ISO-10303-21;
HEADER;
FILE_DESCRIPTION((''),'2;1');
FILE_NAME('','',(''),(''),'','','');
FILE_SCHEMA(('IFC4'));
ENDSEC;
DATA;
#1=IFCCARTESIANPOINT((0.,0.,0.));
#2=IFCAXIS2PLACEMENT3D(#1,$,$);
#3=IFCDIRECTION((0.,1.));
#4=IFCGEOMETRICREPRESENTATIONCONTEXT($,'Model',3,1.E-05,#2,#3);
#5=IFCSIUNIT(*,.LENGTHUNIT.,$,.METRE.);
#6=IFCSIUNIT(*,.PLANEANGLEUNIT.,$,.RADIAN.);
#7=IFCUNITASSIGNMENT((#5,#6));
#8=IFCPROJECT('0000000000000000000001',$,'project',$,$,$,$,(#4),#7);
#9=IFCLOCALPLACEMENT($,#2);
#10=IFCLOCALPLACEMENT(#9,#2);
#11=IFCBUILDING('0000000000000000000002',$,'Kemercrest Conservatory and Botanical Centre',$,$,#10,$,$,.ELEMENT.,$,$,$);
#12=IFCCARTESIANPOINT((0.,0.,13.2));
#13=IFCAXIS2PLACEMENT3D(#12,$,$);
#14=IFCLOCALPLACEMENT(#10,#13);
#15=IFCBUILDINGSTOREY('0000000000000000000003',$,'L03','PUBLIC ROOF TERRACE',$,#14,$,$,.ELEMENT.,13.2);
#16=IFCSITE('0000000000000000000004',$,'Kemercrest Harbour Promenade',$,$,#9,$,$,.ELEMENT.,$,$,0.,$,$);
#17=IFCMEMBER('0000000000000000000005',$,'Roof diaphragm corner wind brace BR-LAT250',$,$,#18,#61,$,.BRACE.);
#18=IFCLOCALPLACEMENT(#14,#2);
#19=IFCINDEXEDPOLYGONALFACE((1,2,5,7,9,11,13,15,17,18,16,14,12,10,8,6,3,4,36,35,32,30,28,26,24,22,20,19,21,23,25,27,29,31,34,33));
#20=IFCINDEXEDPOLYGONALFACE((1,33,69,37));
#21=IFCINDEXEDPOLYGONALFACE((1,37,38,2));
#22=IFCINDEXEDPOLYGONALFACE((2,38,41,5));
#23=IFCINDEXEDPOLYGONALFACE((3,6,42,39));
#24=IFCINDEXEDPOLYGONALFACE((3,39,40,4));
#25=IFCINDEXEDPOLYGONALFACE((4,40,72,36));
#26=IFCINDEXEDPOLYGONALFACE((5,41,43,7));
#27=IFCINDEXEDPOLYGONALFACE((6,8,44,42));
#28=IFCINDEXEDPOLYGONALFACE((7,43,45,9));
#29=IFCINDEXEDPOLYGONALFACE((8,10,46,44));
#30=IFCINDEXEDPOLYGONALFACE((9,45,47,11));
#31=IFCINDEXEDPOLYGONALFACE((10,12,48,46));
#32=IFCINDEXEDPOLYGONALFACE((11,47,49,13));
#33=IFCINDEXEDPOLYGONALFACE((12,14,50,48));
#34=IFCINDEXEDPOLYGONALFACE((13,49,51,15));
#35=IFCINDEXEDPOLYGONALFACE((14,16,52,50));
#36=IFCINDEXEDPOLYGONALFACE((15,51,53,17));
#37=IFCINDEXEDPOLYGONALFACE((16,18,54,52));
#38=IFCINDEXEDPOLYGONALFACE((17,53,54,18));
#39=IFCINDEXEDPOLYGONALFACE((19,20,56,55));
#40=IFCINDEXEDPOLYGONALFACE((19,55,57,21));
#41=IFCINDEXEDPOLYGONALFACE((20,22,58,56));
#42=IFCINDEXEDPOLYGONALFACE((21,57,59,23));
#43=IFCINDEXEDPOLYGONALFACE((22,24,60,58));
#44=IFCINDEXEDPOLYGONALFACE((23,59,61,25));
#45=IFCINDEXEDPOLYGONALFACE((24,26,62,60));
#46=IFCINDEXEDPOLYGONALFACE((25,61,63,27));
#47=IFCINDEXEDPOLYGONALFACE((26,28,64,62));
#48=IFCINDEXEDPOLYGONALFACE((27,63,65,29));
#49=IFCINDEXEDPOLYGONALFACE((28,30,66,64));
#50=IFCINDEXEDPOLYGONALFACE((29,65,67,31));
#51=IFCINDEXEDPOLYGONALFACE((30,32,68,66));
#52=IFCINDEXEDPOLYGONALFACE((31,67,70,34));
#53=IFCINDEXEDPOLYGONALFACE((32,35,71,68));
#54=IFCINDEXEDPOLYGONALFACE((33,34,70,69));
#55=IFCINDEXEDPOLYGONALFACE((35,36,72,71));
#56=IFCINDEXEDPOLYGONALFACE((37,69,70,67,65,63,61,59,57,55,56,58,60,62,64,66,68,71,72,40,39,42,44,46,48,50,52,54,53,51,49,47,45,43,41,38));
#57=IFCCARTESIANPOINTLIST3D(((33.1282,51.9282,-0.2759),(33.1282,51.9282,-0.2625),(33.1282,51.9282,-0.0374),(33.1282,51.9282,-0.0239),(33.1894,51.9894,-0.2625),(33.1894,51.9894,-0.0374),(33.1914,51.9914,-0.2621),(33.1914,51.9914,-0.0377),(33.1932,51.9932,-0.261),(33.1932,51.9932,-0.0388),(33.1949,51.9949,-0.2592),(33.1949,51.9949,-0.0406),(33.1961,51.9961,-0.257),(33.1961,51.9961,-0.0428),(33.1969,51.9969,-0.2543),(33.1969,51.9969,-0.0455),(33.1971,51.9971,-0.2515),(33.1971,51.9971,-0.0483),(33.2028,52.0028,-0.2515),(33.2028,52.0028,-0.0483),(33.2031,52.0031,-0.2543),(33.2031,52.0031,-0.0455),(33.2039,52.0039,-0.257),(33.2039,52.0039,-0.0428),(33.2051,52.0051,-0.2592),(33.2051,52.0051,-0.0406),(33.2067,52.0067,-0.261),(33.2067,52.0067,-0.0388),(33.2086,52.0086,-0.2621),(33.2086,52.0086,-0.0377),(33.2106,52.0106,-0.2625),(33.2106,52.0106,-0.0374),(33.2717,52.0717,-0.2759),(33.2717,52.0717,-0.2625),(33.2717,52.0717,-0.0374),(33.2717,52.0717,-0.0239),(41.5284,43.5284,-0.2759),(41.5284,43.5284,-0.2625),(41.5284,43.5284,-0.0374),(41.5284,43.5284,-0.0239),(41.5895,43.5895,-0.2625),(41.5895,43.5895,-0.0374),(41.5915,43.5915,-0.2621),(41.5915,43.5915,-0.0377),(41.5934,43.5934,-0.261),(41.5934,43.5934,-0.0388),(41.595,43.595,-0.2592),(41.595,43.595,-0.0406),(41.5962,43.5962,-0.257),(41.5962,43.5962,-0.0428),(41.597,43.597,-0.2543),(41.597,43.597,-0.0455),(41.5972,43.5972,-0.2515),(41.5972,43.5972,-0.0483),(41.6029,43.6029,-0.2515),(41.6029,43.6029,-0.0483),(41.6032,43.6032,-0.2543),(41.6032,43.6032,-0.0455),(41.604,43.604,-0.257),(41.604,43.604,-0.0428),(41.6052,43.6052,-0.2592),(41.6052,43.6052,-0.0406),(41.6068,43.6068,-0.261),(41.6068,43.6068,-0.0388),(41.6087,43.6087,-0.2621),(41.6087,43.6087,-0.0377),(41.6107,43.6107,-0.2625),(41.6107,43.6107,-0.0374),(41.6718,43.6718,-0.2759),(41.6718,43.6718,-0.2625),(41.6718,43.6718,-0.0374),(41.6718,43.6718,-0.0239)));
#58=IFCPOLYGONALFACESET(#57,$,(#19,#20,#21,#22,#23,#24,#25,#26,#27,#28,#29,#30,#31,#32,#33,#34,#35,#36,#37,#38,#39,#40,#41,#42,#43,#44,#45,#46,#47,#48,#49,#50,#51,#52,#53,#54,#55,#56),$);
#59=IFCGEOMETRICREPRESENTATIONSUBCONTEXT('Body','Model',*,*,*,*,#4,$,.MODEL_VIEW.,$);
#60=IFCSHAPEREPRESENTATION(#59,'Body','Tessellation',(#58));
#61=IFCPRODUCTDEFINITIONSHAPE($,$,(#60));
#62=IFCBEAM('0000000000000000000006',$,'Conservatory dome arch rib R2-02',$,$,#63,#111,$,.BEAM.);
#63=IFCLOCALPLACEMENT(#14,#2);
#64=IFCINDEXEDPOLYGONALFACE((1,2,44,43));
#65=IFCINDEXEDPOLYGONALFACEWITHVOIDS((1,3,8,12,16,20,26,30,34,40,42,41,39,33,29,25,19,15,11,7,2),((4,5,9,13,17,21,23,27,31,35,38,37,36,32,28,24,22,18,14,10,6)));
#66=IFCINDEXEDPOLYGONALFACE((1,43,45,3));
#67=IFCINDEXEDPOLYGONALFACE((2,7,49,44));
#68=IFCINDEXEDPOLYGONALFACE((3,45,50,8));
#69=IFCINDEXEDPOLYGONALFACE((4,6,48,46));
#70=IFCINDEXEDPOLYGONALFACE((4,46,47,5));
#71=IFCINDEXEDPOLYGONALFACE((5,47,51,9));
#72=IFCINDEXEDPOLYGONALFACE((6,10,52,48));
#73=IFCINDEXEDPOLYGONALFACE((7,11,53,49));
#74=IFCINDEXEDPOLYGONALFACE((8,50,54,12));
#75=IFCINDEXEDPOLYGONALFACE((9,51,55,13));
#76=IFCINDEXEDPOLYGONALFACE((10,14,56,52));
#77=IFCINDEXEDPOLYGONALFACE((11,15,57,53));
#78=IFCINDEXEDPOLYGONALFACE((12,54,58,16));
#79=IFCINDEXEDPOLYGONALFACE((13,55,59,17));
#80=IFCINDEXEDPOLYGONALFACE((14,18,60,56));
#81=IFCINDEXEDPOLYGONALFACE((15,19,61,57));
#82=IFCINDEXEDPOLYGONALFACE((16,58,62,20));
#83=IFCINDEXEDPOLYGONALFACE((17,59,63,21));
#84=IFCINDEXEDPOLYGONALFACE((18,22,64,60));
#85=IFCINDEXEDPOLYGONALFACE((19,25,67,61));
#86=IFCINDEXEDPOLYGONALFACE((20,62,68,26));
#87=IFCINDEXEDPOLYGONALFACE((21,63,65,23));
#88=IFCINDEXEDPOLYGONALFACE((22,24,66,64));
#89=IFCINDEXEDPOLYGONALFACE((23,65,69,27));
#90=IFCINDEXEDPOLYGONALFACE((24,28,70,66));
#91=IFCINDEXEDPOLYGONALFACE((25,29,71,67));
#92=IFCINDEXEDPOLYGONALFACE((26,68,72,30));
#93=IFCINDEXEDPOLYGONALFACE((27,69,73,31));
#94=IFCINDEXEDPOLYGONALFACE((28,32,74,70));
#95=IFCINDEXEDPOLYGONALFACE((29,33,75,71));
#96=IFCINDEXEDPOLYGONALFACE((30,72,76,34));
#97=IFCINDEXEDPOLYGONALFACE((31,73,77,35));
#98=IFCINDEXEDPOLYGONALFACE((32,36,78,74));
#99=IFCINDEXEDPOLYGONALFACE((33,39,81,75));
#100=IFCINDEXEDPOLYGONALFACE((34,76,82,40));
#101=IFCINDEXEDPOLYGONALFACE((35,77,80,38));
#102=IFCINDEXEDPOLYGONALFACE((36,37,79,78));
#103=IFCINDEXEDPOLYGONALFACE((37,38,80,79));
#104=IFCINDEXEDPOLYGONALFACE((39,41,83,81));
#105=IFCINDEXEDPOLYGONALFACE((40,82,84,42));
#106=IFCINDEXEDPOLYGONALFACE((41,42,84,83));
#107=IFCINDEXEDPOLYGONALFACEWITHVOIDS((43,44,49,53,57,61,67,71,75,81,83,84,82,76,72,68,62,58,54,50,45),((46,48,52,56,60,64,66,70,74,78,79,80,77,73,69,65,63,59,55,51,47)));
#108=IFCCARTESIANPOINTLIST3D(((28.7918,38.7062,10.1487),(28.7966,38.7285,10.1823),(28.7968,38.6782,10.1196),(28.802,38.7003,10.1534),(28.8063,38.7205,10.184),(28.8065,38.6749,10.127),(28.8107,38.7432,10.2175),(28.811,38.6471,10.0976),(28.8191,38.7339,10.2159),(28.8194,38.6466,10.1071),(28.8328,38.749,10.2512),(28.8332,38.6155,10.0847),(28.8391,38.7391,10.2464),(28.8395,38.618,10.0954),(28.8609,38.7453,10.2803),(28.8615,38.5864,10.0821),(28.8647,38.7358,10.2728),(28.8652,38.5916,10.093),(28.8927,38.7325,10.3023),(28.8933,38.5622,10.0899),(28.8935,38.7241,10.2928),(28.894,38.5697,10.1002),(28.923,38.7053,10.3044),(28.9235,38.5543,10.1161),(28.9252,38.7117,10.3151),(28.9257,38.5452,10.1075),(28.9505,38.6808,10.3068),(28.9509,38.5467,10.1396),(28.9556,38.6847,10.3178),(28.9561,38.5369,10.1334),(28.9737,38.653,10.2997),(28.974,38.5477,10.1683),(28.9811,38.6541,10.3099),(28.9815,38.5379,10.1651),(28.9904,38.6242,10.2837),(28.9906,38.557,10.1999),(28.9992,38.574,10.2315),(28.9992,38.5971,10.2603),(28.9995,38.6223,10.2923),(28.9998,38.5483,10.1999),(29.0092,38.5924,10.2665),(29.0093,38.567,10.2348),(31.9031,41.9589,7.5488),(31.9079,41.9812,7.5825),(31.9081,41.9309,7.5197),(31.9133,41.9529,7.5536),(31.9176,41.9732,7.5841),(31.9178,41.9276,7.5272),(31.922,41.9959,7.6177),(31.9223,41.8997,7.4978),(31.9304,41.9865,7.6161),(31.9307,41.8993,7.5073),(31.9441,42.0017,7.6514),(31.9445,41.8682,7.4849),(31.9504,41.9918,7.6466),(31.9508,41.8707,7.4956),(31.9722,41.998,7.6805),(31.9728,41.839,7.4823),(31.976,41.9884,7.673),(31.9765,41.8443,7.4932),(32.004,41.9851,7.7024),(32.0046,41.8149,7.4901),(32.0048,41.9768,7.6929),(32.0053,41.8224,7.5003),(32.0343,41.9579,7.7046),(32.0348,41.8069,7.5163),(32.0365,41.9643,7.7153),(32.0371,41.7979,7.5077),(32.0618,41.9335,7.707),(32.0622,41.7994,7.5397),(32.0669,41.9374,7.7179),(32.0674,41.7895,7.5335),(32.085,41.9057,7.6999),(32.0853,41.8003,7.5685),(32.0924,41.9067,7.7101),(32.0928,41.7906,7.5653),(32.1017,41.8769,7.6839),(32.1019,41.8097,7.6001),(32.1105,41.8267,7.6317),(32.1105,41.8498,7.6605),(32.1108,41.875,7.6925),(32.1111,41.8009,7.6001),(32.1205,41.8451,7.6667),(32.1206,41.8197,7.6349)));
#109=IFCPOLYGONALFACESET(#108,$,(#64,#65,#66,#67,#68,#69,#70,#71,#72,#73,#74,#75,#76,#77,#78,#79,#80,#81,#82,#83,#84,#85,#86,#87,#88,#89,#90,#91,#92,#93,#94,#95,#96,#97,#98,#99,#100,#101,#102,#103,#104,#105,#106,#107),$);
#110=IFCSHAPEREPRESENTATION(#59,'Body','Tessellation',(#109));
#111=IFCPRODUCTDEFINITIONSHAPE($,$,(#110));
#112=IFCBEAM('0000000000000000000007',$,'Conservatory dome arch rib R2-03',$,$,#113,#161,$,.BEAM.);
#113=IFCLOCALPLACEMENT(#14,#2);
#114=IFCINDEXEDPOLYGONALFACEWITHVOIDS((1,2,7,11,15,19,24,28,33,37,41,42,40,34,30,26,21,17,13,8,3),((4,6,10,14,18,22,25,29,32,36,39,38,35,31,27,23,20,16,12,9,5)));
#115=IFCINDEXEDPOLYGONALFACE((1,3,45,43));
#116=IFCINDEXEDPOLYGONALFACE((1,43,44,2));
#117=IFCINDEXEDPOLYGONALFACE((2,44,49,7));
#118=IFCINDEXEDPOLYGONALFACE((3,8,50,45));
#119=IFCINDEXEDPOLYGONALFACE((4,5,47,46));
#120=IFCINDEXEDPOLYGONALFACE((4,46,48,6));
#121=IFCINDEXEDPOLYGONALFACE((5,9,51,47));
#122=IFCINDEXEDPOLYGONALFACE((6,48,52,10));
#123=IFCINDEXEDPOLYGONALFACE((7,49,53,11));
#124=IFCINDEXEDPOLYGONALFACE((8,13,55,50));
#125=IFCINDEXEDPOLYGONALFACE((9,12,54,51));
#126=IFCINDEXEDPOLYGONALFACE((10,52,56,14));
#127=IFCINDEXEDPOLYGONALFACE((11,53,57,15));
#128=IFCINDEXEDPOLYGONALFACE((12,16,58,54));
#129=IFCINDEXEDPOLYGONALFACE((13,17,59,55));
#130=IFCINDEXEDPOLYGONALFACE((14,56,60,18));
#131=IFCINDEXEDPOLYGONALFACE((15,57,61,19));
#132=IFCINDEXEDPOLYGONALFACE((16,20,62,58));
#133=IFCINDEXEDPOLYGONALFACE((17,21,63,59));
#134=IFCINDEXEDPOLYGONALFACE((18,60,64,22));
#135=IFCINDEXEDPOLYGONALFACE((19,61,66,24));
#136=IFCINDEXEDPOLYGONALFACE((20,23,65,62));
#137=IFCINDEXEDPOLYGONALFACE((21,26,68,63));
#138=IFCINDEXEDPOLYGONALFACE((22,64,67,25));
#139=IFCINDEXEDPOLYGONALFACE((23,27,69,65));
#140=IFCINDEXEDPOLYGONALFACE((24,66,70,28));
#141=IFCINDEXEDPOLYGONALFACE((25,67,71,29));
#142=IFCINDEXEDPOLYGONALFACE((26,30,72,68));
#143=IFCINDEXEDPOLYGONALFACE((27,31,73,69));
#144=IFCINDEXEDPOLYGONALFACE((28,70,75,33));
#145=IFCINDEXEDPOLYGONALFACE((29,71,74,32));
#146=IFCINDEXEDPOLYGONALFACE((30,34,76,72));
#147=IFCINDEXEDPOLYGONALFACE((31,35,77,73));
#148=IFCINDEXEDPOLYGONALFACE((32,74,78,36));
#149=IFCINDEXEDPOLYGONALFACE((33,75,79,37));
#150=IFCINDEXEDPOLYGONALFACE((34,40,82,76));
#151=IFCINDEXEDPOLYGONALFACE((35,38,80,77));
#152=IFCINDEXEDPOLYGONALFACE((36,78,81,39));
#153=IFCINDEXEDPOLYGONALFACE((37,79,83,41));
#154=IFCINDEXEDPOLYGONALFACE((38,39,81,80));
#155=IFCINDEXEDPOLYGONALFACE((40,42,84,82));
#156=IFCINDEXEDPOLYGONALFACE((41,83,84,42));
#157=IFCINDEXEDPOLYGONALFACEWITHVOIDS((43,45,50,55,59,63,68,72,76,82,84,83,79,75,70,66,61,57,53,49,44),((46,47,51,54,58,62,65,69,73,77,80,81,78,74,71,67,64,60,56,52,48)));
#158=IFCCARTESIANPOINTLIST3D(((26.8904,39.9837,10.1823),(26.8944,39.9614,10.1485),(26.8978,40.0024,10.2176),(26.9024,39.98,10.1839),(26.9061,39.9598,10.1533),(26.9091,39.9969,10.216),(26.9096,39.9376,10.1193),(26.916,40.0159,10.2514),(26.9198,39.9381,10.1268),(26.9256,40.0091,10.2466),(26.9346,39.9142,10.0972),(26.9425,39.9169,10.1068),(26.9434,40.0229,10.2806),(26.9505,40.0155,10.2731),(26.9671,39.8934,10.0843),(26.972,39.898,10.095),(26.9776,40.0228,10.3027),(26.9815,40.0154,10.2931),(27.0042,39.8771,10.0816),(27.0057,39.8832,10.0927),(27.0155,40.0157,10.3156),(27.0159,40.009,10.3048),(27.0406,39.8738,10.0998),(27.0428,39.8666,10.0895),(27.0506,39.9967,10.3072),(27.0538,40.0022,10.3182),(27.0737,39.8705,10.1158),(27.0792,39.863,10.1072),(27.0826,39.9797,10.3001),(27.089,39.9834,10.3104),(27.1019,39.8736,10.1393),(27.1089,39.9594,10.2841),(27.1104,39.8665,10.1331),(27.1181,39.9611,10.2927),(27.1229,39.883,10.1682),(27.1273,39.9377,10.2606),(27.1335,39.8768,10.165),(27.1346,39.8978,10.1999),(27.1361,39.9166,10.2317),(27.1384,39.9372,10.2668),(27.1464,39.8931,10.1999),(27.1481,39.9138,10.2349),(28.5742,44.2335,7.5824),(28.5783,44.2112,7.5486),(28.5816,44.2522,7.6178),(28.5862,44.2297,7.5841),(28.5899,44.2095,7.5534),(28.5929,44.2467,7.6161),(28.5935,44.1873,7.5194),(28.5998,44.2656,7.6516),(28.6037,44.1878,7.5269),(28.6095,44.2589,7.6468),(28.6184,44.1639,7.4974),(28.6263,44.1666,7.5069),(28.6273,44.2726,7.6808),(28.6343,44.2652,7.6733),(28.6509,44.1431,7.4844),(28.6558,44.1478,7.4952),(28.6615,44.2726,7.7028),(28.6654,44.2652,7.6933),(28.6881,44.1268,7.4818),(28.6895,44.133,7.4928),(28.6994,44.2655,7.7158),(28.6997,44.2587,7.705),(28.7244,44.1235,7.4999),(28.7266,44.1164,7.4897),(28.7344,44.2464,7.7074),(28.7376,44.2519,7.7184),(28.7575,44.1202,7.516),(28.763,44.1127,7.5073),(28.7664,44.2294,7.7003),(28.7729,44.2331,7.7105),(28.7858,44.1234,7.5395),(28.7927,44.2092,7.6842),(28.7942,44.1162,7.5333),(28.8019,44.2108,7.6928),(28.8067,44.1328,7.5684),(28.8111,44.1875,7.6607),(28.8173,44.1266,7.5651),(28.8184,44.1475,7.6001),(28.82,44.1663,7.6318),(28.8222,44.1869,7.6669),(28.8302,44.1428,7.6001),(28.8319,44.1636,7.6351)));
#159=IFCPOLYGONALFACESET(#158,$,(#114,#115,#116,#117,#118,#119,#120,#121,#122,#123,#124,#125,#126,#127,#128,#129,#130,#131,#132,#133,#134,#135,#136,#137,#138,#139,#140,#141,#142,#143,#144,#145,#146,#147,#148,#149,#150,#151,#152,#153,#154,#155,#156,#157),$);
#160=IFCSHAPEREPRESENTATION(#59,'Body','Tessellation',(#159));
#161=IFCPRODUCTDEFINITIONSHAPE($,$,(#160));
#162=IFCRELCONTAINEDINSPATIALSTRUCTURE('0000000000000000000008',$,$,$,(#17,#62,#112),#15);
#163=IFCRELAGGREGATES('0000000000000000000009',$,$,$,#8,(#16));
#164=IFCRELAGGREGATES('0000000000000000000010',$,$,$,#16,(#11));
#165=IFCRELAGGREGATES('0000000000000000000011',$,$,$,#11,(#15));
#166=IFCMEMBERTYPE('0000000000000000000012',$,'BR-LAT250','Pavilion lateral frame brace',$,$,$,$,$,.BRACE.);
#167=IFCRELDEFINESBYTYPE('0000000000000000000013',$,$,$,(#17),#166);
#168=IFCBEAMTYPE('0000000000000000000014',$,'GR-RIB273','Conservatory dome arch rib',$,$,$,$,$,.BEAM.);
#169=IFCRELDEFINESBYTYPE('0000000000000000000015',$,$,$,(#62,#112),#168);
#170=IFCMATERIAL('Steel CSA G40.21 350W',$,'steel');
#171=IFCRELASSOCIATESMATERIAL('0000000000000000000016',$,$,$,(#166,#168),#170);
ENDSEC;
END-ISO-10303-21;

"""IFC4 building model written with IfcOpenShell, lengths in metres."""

from ifc_helpers import new_model, si_unit, direction, frame, origin, origin_2d, place, context, subcontext, project, spatial, hollow_circle, i_section, extrude, material, material_profile, profile_set, type_object, element, save


model = new_model("IFC4")

# Units and contexts
model_context = context("Model", 3, precision=1e-05, world=origin(), true_north=direction((0.0, 1.0)))
body_context = subcontext(model_context, "Body", "Model", "MODEL_VIEW")
ifc_project = project(units=[si_unit("LENGTHUNIT", "METRE"), si_unit("PLANEANGLEUNIT", "RADIAN")], contexts=[model_context])

# Site, building, storey
site_placement = place(None, origin())
site = spatial("IfcSite", under=ifc_project, at=site_placement, Name="Kemercrest Harbour Promenade", CompositionType="ELEMENT", RefElevation=0.0)
building_placement = place(site_placement, origin())
building = spatial("IfcBuilding", under=site, at=building_placement, Name="Kemercrest Conservatory and Botanical Centre", CompositionType="ELEMENT")
storey_placement = place(building_placement, frame((0.0, 0.0, 13.2)))
storey = spatial("IfcBuildingStorey", under=building, at=storey_placement, Name="L03", Description="PUBLIC ROOF TERRACE", CompositionType="ELEMENT", Elevation=13.2)

# Member
ifc_material_1 = material(Name="Steel CSA G40.21 350W", Category="steel")
ifc_material_profile_1 = material_profile(ifc_material_1, i_section(OverallWidth=0.2029, OverallDepth=0.252, WebThickness=0.0081, FlangeThickness=0.0134, FilletRadius=0.011, at=origin_2d()), Name="W250X58")
ifc_profile_set_1 = profile_set([ifc_material_profile_1], Name="Steel CSA G40.21 350W")
member_type_1 = type_object("IfcMemberType", Name="BR-LAT250", Description="Pavilion lateral frame brace", PredefinedType="BRACE", material=ifc_profile_set_1)
member_1_placement = place(storey_placement, frame((41.6001, 43.6001, -0.1499), z_axis=(-0.707117, 0.707097, 0.0), x_axis=(-0.707097, -0.707117, 0.0)))
element("IfcMember", 1, at=member_1_placement, inside=storey, type_object=member_type_1, Name="Roof diaphragm corner wind brace BR-LAT250", PredefinedType="BRACE", context=body_context, shape_type="SweptSolid", body=[
    extrude(i_section(OverallWidth=0.2029, OverallDepth=0.252, WebThickness=0.0081, FlangeThickness=0.0134, FilletRadius=0.011, at=origin_2d()), origin(), (0.0, 0.0, 1.0), 11.8794),
])

# Beams
ifc_material_profile_2 = material_profile(ifc_material_1, hollow_circle(Radius=0.1365, WallThickness=0.0127, at=origin_2d()), Name="CHS 273.1x12.7")
ifc_profile_set_2 = profile_set([ifc_material_profile_2], Name="Steel CSA G40.21 350W")
beam_type_1 = type_object("IfcBeamType", Name="GR-RIB273", Description="Conservatory dome arch rib", PredefinedType="BEAM", material=ifc_profile_set_2)
beam_1_placement = place(storey_placement, frame((32.0125, 41.8953, 7.6001), z_axis=(-0.598559, -0.625753, 0.500161), x_axis=(0.722635, -0.69123, 0.0)))
element("IfcBeam", 2, at=beam_1_placement, inside=storey, type_object=beam_type_1, Name="Conservatory dome arch rib R2-02", PredefinedType="BEAM", context=body_context, shape_type="SweptSolid", body=[
    extrude(hollow_circle(Radius=0.1365, WallThickness=0.0127, at=origin_2d()), origin(), (0.0, 0.0, 1.0), 5.198),
])
beam_2_placement = place(storey_placement, frame((28.7034, 44.1931, 7.6001), z_axis=(-0.320194, -0.808123, 0.494382), x_axis=(0.929684, -0.368359, 0.0)))
element("IfcBeam", 3, at=beam_2_placement, inside=storey, type_object=beam_type_1, Name="Conservatory dome arch rib R2-03", PredefinedType="BEAM", context=body_context, shape_type="SweptSolid", body=[
    extrude(hollow_circle(Radius=0.1365, WallThickness=0.0127, at=origin_2d()), origin(), (0.0, 0.0, 1.0), 5.2588),
])

save(model, "model.ifc")
